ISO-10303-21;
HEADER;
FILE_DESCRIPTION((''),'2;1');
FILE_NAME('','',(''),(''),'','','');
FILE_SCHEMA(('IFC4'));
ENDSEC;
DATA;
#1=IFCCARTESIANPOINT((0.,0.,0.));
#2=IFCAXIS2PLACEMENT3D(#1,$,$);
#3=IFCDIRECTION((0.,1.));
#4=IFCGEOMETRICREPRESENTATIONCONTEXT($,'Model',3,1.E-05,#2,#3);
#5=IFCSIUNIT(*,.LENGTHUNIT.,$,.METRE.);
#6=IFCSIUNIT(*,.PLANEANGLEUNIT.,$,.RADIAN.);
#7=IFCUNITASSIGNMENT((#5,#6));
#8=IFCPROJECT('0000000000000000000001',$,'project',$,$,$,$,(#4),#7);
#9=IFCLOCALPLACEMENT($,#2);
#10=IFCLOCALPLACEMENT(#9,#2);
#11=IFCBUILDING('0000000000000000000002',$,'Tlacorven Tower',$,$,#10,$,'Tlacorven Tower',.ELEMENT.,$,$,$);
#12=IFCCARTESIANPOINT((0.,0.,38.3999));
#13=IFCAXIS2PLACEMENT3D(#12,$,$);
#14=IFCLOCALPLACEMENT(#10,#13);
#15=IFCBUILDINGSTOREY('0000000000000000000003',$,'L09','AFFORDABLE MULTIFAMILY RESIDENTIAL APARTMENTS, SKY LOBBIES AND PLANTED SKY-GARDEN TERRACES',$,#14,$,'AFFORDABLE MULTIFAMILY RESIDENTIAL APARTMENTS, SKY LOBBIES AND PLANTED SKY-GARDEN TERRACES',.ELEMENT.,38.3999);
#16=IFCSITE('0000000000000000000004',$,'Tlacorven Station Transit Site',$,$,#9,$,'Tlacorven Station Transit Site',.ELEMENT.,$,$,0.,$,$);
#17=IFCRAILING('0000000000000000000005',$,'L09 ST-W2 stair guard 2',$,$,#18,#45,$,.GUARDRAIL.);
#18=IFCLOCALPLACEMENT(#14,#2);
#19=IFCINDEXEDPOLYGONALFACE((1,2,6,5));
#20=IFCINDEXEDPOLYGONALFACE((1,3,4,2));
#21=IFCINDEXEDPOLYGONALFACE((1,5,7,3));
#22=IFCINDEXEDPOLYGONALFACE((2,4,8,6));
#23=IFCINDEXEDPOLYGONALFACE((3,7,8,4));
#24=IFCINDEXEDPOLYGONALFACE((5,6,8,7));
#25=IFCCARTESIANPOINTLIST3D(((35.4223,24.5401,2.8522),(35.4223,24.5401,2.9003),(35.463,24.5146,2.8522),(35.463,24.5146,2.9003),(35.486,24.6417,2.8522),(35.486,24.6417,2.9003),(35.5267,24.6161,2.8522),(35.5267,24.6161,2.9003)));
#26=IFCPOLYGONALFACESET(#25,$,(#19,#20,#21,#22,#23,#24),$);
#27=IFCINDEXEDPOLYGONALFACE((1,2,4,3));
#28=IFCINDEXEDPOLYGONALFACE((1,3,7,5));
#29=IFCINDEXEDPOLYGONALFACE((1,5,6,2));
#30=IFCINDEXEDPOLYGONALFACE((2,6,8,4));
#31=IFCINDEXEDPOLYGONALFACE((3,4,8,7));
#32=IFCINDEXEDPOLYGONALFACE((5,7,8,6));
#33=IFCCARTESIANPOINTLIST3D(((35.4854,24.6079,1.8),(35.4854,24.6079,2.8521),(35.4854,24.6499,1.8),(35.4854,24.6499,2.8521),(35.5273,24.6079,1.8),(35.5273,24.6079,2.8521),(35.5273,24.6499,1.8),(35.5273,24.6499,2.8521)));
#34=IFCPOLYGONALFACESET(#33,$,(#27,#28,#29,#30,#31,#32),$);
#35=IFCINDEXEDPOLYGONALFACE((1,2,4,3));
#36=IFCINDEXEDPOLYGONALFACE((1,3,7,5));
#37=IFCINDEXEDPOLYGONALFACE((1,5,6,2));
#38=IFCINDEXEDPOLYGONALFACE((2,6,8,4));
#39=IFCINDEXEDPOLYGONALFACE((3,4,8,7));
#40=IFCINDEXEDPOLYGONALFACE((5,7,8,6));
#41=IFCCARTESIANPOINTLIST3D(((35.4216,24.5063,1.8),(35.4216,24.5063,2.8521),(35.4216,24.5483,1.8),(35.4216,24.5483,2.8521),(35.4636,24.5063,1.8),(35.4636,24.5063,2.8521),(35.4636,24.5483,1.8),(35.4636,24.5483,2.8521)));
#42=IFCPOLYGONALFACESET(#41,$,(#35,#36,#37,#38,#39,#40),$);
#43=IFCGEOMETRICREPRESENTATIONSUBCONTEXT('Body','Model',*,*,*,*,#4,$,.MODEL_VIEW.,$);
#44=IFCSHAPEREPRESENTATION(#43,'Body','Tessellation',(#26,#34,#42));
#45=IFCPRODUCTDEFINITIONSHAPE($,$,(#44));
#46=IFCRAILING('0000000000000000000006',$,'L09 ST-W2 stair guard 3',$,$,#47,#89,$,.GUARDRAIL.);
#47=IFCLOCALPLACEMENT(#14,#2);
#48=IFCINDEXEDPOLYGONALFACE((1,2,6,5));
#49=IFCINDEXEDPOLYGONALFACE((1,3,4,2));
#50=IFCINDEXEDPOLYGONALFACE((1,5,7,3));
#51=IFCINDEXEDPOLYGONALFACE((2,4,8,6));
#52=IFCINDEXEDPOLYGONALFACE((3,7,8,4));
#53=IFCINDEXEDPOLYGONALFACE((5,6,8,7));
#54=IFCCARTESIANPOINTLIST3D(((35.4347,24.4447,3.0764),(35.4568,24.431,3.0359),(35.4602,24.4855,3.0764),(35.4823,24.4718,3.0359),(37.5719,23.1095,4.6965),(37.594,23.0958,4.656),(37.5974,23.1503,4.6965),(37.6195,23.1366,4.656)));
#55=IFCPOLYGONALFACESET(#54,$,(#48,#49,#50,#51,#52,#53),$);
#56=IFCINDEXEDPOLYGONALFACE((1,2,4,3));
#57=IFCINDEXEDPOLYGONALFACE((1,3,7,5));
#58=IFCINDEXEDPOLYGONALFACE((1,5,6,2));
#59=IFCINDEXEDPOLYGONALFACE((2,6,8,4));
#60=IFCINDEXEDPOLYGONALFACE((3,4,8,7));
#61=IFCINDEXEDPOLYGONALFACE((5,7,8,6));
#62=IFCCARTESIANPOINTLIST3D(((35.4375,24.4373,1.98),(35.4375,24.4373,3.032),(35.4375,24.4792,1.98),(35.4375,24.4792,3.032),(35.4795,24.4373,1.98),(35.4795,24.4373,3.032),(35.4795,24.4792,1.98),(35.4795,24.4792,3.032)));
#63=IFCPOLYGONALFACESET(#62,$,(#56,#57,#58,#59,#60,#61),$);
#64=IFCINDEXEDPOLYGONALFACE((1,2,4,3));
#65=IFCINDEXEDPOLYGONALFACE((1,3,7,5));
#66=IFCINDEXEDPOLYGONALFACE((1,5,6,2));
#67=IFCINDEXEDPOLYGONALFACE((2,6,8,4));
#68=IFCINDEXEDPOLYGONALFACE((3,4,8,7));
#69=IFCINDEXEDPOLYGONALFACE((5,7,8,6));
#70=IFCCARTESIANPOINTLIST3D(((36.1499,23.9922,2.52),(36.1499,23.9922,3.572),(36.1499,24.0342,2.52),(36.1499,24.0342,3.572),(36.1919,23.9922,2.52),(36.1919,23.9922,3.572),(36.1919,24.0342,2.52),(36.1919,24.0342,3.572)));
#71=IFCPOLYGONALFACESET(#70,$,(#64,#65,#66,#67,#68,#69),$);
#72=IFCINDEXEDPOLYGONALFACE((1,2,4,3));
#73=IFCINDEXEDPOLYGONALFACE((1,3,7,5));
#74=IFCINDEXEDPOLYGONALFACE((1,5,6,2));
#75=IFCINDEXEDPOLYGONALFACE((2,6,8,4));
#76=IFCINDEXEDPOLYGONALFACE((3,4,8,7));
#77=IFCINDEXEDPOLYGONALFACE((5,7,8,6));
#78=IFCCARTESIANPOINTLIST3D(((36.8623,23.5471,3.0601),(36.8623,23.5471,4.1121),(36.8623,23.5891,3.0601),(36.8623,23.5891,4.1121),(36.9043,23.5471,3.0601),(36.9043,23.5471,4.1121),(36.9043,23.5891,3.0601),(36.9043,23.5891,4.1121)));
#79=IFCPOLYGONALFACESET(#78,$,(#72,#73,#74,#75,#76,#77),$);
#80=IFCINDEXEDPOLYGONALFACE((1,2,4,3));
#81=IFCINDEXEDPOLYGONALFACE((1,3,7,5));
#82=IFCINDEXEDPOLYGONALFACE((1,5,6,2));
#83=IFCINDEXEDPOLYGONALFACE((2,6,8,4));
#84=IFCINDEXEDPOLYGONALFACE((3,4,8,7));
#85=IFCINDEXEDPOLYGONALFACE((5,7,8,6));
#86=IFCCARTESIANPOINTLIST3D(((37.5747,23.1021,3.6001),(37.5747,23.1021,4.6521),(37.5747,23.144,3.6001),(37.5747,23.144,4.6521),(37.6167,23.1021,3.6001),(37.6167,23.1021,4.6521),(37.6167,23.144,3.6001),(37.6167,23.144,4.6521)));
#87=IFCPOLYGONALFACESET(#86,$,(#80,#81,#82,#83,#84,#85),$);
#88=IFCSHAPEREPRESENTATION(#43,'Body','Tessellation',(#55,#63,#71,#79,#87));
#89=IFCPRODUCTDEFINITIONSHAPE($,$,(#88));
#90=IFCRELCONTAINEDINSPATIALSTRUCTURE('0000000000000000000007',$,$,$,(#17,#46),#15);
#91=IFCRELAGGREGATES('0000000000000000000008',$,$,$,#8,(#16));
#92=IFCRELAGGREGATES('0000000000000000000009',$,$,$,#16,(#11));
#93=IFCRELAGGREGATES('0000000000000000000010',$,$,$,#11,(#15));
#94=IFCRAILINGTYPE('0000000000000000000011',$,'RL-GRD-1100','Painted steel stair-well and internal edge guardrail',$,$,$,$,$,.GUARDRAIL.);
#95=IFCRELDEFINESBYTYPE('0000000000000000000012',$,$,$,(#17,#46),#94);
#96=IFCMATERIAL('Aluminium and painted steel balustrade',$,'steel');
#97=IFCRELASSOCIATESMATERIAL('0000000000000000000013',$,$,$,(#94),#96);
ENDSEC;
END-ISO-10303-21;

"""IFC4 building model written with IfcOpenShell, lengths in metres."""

from ifc_helpers import new_model, si_unit, direction, frame, origin, origin_2d, place, context, subcontext, project, spatial, rectangle, extrude, source, transform, mapped, material, type_object, element, save


model = new_model("IFC4")

# Units and contexts
model_context = context("Model", 3, precision=1e-05, world=origin(), true_north=direction((0.0, 1.0)))
body_context = subcontext(model_context, "Body", "Model", "MODEL_VIEW")
ifc_project = project(units=[si_unit("LENGTHUNIT", "METRE"), si_unit("PLANEANGLEUNIT", "RADIAN")], contexts=[model_context])

# Site, building, storey
site_placement = place(None, origin())
site = spatial("IfcSite", under=ifc_project, at=site_placement, Name="Tlacorven Station Transit Site", LongName="Tlacorven Station Transit Site", CompositionType="ELEMENT", RefElevation=0.0)
building_placement = place(site_placement, origin())
building = spatial("IfcBuilding", under=site, at=building_placement, Name="Tlacorven Tower", LongName="Tlacorven Tower", CompositionType="ELEMENT")
storey_placement = place(building_placement, frame((0.0, 0.0, 38.3999)))
storey = spatial("IfcBuildingStorey", under=building, at=storey_placement, Name="L09", Description="AFFORDABLE MULTIFAMILY RESIDENTIAL APARTMENTS, SKY LOBBIES AND PLANTED SKY-GARDEN TERRACES", LongName="AFFORDABLE MULTIFAMILY RESIDENTIAL APARTMENTS, SKY LOBBIES AND PLANTED SKY-GARDEN TERRACES", CompositionType="ELEMENT", Elevation=38.3999)

# Railings
ifc_material_1 = material(Name="Aluminium and painted steel balustrade", Category="steel")
railing_type_1 = type_object("IfcRailingType", Name="RL-GRD-1100", Description="Painted steel stair-well and internal edge guardrail", PredefinedType="GUARDRAIL", material=ifc_material_1)
shared_shape_1 = source(origin(), body_context, "Body", "SweptSolid", [
    extrude(rectangle(XDim=0.0481, YDim=0.0481, at=origin_2d()), frame((0.0, 0.0, 1.0762), z_axis=(-0.531462, -0.847082, 0.0), x_axis=(0.847082, -0.531462, 0.0)), (0.0, 0.0, 1.0), 0.1199),
    extrude(rectangle(XDim=0.042, YDim=0.042, at=origin_2d()), origin(), (0.0, 0.0, 1.0), 1.052),
    extrude(rectangle(XDim=0.042, YDim=0.042, at=origin_2d()), frame((-0.0637, -0.1016, 0.0)), (0.0, 0.0, 1.0), 1.052),
])
railing_1_placement = place(storey_placement, frame((35.5063, 24.6289, 1.8)))
element("IfcRailing", 1, at=railing_1_placement, inside=storey, type_object=railing_type_1, Name="L09 ST-W2 stair guard 2", PredefinedType="GUARDRAIL", context=body_context, shape_type="MappedRepresentation", body=[
    mapped(shared_shape_1, transform((0.0, 0.0, 0.0), scale=1.0)),
])
shared_shape_2 = source(origin(), body_context, "Body", "SweptSolid", [
    extrude(rectangle(XDim=0.0481, YDim=0.0481, at=origin_2d()), frame((0.0, 0.0, 1.0762), z_axis=(0.713386, -0.445683, 0.540784), x_axis=(0.529842, 0.848096, 0.0)), (0.0, 0.0, 1.0), 2.9958),
    extrude(rectangle(XDim=0.042, YDim=0.042, at=origin_2d()), origin(), (0.0, 0.0, 1.0), 1.052),
    extrude(rectangle(XDim=0.042, YDim=0.042, at=origin_2d()), frame((0.7124, -0.4451, 0.54)), (0.0, 0.0, 1.0), 1.052),
    extrude(rectangle(XDim=0.042, YDim=0.042, at=origin_2d()), frame((1.4248, -0.8901, 1.0801)), (0.0, 0.0, 1.0), 1.052),
    extrude(rectangle(XDim=0.042, YDim=0.042, at=origin_2d()), frame((2.1372, -1.3352, 1.6201)), (0.0, 0.0, 1.0), 1.052),
])
railing_2_placement = place(storey_placement, frame((35.4585, 24.4583, 1.98)))
element("IfcRailing", 2, at=railing_2_placement, inside=storey, type_object=railing_type_1, Name="L09 ST-W2 stair guard 3", PredefinedType="GUARDRAIL", context=body_context, shape_type="MappedRepresentation", body=[
    mapped(shared_shape_2, transform((0.0, 0.0, 0.0), scale=1.0)),
])

save(model, "model.ifc")
